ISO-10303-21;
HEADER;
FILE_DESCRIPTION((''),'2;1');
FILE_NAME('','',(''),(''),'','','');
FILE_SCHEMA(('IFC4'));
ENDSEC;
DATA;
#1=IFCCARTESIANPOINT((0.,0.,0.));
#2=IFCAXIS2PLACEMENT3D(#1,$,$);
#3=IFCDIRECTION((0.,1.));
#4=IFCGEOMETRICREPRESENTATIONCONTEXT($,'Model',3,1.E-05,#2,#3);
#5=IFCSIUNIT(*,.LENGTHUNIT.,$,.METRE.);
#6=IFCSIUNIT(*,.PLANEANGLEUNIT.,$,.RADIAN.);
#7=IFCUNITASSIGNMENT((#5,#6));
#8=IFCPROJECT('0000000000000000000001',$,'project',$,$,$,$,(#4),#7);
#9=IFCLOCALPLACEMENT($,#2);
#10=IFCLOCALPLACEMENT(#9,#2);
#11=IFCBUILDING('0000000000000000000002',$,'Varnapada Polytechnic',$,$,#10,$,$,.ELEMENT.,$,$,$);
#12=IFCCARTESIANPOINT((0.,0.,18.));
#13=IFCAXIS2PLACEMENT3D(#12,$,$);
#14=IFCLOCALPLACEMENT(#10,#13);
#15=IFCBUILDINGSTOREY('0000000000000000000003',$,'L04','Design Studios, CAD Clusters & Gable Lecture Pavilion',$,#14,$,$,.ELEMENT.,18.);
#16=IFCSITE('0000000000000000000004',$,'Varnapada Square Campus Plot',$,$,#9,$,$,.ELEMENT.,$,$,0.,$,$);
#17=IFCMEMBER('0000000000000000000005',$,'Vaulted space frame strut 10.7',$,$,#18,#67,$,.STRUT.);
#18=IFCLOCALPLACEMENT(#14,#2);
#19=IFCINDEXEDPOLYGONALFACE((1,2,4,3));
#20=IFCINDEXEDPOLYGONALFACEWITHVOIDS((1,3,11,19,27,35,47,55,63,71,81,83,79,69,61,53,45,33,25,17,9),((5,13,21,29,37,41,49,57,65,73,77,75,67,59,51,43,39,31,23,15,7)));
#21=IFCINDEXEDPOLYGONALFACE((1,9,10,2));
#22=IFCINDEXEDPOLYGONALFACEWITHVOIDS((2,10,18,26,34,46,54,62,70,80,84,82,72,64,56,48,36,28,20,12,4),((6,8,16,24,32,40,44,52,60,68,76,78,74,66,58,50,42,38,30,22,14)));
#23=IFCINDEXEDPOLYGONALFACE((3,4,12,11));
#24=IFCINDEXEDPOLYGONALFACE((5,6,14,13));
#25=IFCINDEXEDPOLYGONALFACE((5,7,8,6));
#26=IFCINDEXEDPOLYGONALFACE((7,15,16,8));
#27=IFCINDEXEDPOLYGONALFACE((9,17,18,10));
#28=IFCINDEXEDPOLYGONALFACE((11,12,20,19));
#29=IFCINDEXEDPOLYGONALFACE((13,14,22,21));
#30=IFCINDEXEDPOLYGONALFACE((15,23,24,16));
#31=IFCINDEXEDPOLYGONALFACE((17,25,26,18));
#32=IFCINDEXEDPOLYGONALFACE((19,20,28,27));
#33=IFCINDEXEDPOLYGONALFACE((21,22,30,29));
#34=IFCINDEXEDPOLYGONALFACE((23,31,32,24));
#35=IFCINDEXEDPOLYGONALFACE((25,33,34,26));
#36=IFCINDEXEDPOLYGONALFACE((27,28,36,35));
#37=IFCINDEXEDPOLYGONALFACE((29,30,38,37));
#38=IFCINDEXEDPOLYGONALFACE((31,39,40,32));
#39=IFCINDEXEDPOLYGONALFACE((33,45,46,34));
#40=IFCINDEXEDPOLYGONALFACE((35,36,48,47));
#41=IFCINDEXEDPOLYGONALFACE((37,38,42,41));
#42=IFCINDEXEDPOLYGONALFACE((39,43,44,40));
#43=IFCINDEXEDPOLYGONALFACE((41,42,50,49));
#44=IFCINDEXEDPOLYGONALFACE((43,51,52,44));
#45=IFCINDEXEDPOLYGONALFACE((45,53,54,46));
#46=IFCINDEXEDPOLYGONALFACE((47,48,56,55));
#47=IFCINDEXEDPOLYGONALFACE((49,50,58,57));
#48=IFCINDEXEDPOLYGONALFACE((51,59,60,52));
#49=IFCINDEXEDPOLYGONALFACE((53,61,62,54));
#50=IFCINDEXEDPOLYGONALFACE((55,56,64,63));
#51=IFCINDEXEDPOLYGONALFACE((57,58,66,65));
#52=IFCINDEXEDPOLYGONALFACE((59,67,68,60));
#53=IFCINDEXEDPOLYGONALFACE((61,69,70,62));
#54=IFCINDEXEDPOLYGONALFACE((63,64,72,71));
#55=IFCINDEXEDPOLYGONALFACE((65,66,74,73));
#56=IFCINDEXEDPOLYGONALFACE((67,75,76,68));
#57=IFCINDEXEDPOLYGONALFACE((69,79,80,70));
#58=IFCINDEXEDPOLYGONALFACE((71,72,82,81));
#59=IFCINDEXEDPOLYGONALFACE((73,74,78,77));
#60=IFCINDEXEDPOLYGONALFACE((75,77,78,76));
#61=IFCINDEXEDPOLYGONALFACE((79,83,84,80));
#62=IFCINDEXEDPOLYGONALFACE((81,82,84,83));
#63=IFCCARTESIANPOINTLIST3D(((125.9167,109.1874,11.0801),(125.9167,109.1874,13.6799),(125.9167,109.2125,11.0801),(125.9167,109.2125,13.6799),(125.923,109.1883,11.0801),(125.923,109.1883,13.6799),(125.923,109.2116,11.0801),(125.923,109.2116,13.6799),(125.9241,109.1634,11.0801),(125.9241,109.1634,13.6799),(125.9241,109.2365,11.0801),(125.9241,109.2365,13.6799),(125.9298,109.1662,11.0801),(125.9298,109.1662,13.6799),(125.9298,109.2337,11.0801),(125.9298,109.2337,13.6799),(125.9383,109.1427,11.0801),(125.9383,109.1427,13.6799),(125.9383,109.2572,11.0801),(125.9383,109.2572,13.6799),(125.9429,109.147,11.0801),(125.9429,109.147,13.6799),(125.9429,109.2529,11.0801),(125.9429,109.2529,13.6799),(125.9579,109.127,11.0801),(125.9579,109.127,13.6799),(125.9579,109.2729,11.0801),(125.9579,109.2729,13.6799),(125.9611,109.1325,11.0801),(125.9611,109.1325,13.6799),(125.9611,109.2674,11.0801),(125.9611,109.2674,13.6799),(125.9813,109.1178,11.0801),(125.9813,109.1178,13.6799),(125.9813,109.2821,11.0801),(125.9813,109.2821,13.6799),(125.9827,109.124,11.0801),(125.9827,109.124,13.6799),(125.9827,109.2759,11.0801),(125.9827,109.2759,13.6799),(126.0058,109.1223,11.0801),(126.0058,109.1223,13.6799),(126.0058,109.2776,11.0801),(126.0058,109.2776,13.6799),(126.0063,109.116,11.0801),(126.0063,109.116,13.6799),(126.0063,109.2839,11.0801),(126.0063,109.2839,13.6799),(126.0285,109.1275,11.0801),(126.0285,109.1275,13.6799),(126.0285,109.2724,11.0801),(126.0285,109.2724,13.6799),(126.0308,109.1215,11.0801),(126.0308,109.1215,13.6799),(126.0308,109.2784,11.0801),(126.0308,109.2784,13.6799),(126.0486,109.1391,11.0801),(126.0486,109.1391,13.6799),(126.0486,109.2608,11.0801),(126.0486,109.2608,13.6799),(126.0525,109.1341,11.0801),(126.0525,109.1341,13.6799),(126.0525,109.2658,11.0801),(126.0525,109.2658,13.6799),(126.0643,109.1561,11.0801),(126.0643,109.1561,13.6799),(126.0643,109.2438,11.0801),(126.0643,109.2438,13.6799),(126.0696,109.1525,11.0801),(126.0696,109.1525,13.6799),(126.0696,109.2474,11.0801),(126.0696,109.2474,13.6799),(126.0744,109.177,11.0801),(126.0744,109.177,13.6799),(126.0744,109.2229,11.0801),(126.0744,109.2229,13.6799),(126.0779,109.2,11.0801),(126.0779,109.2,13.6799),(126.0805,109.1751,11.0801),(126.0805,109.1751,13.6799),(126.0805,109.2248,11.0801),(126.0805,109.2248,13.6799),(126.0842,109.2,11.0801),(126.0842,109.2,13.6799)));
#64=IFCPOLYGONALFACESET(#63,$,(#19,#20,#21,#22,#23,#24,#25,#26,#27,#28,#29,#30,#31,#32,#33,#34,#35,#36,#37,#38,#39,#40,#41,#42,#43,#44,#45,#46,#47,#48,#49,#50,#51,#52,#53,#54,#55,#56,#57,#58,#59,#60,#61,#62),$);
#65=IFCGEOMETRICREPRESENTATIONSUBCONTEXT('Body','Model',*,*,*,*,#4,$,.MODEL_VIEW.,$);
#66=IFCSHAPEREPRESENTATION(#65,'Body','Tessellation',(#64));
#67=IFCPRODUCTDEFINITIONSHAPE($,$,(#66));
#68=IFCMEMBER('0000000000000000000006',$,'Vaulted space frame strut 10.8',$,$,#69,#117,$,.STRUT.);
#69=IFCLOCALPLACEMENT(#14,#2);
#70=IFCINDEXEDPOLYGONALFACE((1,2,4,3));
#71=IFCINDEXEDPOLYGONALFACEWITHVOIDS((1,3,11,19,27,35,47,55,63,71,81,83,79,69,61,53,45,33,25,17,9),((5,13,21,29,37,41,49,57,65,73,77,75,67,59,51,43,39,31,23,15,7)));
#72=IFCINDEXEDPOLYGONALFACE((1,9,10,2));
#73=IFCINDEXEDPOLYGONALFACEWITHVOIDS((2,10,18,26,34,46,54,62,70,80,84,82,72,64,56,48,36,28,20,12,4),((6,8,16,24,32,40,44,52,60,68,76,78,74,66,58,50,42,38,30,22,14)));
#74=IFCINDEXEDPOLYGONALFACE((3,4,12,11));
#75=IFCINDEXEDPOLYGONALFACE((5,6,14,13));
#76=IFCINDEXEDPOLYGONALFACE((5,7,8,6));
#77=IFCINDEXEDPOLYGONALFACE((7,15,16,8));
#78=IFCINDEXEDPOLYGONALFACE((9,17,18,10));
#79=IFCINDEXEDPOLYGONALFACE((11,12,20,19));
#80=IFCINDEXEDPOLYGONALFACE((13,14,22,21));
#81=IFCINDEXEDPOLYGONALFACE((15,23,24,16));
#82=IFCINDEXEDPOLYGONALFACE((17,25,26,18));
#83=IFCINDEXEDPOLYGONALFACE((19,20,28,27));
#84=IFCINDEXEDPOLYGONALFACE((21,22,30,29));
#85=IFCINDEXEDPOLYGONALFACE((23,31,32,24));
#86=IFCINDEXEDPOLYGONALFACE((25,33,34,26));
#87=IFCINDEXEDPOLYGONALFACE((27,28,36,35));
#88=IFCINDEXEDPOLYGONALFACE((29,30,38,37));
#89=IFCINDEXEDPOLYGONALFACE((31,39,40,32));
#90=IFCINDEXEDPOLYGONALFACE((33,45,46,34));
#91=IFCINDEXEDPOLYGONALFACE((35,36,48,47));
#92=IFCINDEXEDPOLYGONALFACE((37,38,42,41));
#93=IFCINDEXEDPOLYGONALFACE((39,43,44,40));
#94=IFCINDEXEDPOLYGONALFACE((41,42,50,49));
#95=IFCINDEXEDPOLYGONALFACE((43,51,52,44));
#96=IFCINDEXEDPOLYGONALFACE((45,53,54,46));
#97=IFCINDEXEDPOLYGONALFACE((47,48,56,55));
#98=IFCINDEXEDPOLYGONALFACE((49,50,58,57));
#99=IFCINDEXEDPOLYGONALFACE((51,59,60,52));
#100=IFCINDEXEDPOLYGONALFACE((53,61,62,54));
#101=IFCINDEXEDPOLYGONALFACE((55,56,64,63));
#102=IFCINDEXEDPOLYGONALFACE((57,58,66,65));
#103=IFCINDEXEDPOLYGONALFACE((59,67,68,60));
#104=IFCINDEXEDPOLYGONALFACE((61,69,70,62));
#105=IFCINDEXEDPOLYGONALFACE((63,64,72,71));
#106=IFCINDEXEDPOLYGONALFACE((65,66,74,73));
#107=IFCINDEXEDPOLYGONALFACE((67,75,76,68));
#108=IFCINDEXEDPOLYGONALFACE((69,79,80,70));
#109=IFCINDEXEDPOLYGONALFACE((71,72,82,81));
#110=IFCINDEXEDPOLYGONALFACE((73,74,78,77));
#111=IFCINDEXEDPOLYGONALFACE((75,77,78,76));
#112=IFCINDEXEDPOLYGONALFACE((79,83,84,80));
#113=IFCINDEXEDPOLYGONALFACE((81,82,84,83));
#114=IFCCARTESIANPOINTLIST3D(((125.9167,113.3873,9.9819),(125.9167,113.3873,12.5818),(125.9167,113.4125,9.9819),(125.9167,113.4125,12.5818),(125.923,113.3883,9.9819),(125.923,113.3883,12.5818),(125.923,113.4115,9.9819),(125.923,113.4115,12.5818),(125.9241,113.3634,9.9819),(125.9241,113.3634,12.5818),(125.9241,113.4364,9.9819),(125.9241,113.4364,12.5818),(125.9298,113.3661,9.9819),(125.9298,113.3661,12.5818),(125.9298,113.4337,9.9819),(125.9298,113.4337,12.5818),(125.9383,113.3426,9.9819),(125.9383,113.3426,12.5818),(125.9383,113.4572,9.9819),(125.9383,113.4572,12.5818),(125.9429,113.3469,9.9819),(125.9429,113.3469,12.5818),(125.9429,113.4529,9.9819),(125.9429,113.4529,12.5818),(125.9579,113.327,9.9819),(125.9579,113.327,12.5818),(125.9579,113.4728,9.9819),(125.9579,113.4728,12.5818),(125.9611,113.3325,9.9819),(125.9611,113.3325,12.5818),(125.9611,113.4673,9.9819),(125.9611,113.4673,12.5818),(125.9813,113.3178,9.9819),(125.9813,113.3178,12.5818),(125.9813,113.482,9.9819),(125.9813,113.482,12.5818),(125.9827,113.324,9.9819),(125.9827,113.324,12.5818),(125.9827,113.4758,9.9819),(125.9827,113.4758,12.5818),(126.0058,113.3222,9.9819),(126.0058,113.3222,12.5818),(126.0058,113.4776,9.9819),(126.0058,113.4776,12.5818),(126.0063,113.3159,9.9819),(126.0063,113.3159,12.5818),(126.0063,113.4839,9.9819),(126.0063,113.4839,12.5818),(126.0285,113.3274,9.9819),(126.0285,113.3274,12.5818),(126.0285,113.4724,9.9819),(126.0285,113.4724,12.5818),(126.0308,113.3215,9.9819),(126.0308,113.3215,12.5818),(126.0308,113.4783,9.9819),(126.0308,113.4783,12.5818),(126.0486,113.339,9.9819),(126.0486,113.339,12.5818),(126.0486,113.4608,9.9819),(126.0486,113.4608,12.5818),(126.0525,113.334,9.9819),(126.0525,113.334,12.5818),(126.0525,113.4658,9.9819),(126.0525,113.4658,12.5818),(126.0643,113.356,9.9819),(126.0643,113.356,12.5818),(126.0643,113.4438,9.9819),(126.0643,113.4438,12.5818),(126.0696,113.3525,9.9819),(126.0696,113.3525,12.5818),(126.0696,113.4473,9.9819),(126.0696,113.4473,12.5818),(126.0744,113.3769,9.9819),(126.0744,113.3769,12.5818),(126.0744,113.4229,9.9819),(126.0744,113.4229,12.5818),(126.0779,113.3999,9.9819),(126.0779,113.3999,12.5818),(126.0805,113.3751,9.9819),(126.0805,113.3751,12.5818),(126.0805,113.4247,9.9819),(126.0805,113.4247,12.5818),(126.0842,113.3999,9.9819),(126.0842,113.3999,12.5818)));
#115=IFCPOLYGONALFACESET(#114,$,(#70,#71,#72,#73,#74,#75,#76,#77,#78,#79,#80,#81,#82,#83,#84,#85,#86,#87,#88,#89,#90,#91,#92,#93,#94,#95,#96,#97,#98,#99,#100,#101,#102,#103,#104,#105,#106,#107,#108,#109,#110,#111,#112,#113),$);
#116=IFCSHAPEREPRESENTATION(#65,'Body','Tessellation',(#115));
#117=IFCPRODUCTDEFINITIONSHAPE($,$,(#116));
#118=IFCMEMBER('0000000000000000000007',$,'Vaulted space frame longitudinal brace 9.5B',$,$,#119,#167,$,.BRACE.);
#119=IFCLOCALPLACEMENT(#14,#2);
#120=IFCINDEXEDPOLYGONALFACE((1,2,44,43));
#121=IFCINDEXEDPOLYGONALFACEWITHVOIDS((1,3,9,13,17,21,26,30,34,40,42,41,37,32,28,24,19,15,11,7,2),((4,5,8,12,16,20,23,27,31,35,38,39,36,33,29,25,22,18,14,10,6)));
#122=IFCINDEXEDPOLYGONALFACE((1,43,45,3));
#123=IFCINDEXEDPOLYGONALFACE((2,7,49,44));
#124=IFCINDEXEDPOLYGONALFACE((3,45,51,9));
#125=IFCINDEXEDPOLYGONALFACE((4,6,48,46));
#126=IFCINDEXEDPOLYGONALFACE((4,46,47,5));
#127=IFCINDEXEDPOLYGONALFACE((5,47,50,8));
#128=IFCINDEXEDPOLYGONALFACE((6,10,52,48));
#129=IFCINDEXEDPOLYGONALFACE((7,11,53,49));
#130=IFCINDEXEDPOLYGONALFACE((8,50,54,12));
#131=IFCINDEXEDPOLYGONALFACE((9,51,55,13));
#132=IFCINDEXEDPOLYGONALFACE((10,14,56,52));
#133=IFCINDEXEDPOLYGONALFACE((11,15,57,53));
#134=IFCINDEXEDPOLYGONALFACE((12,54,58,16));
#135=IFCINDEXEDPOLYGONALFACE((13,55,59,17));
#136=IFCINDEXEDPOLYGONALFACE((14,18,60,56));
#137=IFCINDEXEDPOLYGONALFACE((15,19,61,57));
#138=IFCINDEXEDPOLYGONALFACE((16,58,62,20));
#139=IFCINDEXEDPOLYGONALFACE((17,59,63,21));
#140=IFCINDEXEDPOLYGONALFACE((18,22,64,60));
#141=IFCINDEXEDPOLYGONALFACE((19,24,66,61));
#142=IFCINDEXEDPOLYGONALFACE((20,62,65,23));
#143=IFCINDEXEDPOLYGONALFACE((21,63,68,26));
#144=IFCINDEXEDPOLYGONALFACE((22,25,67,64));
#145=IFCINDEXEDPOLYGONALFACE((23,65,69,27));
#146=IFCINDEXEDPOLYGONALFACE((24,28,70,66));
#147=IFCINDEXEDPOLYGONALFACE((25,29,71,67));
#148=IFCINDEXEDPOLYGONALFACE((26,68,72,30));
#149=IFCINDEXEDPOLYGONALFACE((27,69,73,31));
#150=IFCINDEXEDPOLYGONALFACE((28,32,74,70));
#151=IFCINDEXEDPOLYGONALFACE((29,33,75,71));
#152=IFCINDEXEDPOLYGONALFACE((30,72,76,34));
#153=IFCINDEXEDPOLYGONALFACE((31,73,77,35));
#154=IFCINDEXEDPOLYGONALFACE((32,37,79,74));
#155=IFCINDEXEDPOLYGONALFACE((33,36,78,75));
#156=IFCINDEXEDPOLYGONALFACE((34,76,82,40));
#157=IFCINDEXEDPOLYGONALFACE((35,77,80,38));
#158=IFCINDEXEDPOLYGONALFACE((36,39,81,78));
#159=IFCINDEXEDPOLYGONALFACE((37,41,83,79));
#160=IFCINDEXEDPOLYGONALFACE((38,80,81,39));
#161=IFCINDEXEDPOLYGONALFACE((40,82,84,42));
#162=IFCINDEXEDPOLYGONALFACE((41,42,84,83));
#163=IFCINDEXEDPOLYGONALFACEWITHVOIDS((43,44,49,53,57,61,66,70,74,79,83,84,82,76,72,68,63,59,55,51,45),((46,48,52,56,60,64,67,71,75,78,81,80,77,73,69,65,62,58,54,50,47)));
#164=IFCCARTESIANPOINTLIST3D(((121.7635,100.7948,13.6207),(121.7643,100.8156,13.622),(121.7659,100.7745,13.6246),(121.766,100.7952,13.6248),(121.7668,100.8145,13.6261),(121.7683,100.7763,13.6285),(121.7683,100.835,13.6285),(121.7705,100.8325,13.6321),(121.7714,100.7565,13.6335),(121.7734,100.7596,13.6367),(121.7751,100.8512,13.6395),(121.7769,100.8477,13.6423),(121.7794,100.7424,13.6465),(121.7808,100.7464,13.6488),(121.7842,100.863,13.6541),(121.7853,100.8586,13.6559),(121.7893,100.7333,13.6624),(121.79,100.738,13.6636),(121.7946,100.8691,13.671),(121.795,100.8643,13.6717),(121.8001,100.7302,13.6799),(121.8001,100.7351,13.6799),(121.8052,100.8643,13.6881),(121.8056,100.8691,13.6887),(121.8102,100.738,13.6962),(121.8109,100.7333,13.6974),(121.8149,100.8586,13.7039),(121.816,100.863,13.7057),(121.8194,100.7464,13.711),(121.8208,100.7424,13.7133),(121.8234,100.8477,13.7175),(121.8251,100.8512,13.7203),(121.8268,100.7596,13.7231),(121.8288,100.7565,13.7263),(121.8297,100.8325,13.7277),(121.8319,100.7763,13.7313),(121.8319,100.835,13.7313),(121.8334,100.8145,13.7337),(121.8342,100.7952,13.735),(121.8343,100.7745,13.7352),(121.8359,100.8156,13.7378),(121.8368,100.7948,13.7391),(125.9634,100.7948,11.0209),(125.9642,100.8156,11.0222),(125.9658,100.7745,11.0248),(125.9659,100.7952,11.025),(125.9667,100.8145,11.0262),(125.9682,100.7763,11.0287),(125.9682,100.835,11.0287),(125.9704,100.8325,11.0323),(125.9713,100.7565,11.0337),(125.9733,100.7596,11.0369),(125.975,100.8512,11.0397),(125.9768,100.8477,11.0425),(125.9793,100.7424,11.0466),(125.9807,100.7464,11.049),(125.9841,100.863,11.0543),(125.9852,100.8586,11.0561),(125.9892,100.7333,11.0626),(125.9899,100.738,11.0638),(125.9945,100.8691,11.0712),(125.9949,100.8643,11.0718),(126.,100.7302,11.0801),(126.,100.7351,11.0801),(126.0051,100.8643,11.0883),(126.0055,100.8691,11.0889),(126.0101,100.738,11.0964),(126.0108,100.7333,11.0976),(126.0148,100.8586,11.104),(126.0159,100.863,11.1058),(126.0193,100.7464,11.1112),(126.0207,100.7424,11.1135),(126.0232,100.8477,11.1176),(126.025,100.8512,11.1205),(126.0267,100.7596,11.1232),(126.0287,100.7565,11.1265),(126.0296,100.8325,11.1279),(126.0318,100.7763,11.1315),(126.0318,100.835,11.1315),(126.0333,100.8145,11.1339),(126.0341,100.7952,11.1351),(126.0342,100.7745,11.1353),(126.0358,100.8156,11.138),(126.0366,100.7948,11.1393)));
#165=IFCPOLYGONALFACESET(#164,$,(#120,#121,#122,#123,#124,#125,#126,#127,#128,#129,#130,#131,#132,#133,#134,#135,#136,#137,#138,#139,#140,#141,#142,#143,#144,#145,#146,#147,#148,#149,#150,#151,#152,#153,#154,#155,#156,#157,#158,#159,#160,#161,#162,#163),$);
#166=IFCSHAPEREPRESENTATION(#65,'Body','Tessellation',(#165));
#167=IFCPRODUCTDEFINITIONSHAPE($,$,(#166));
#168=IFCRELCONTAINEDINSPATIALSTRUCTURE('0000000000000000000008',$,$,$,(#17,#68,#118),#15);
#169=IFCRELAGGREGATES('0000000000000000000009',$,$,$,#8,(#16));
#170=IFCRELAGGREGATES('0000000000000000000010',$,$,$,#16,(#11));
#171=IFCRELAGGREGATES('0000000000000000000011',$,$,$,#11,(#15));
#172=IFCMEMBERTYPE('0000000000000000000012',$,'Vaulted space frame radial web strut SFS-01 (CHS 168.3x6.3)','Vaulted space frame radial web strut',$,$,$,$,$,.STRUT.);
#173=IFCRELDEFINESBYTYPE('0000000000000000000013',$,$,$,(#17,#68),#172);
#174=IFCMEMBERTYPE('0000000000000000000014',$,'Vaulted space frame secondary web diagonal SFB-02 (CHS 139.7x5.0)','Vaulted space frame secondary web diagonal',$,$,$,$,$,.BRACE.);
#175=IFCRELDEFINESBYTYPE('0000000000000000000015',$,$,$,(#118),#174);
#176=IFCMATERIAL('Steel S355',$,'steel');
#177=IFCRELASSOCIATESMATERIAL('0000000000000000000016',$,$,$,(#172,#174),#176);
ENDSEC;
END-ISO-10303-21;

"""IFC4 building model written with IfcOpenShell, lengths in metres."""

from ifc_helpers import new_model, si_unit, direction, frame, origin, origin_2d, place, context, subcontext, project, spatial, hollow_circle, extrude, material, material_profile, profile_set, type_object, element, save


model = new_model("IFC4")

# Units and contexts
model_context = context("Model", 3, precision=1e-05, world=origin(), true_north=direction((0.0, 1.0)))
body_context = subcontext(model_context, "Body", "Model", "MODEL_VIEW")
ifc_project = project(units=[si_unit("LENGTHUNIT", "METRE"), si_unit("PLANEANGLEUNIT", "RADIAN")], contexts=[model_context])

# Site, building, storey
site_placement = place(None, origin())
site = spatial("IfcSite", under=ifc_project, at=site_placement, Name="Varnapada Square Campus Plot", CompositionType="ELEMENT", RefElevation=0.0)
building_placement = place(site_placement, origin())
building = spatial("IfcBuilding", under=site, at=building_placement, Name="Varnapada Polytechnic", CompositionType="ELEMENT")
storey_placement = place(building_placement, frame((0.0, 0.0, 18.0)))
storey = spatial("IfcBuildingStorey", under=building, at=storey_placement, Name="L04", Description="Design Studios, CAD Clusters & Gable Lecture Pavilion", CompositionType="ELEMENT", Elevation=18.0)

# Shared definitions
ifc_material = material(Name="Steel S355", Category="steel")

# Members
ifc_material_profile_1 = material_profile(ifc_material, hollow_circle(Radius=0.0842, WallThickness=0.0063, at=origin_2d()), Name="CHS 168.3x6.3")
ifc_profile_set_1 = profile_set([ifc_material_profile_1], Name="Steel S355")
member_type_1 = type_object("IfcMemberType", Name="Vaulted space frame radial web strut SFS-01 (CHS 168.3x6.3)", Description="Vaulted space frame radial web strut", PredefinedType="STRUT", material=ifc_profile_set_1)
for number, where, z_axis, x_axis, name in (
    (1, (126.0, 109.2, 11.0801), (0.0, 0.0, 1.0), (1.0, 0.0, 0.0), "Vaulted space frame strut 10.7"),
    (2, (126.0, 113.3999, 9.9819), (0.0, 0.0, 1.0), (1.0, 0.0, 0.0), "Vaulted space frame strut 10.8"),
):
    element("IfcMember", number, at=place(storey_placement, frame(where, z_axis=z_axis, x_axis=x_axis)), inside=storey, type_object=member_type_1, Name=name, PredefinedType="STRUT", context=body_context, shape_type="SweptSolid", body=[
        extrude(hollow_circle(Radius=0.0842, WallThickness=0.0063, at=origin_2d()), origin(), (0.0, 0.0, 1.0), 2.5999),
    ])
ifc_material_profile_2 = material_profile(ifc_material, hollow_circle(Radius=0.0698, WallThickness=0.0049, at=origin_2d()), Name="CHS 139.7x5.0")
ifc_profile_set_2 = profile_set([ifc_material_profile_2], Name="Steel S355")
member_type_2 = type_object("IfcMemberType", Name="Vaulted space frame secondary web diagonal SFB-02 (CHS 139.7x5.0)", Description="Vaulted space frame secondary web diagonal", PredefinedType="BRACE", material=ifc_profile_set_2)
for number, where, z_axis, x_axis, name in (
    (3, (126.0, 100.8, 11.0801), (-0.850276, 0.0, 0.526338), (0.0, -1.0, 0.0), "Vaulted space frame longitudinal brace 9.5B"),
):
    element("IfcMember", number, at=place(storey_placement, frame(where, z_axis=z_axis, x_axis=x_axis)), inside=storey, type_object=member_type_2, Name=name, PredefinedType="BRACE", context=body_context, shape_type="SweptSolid", body=[
        extrude(hollow_circle(Radius=0.0698, WallThickness=0.0049, at=origin_2d()), origin(), (0.0, 0.0, 1.0), 4.9395),
    ])

save(model, "model.ifc")
